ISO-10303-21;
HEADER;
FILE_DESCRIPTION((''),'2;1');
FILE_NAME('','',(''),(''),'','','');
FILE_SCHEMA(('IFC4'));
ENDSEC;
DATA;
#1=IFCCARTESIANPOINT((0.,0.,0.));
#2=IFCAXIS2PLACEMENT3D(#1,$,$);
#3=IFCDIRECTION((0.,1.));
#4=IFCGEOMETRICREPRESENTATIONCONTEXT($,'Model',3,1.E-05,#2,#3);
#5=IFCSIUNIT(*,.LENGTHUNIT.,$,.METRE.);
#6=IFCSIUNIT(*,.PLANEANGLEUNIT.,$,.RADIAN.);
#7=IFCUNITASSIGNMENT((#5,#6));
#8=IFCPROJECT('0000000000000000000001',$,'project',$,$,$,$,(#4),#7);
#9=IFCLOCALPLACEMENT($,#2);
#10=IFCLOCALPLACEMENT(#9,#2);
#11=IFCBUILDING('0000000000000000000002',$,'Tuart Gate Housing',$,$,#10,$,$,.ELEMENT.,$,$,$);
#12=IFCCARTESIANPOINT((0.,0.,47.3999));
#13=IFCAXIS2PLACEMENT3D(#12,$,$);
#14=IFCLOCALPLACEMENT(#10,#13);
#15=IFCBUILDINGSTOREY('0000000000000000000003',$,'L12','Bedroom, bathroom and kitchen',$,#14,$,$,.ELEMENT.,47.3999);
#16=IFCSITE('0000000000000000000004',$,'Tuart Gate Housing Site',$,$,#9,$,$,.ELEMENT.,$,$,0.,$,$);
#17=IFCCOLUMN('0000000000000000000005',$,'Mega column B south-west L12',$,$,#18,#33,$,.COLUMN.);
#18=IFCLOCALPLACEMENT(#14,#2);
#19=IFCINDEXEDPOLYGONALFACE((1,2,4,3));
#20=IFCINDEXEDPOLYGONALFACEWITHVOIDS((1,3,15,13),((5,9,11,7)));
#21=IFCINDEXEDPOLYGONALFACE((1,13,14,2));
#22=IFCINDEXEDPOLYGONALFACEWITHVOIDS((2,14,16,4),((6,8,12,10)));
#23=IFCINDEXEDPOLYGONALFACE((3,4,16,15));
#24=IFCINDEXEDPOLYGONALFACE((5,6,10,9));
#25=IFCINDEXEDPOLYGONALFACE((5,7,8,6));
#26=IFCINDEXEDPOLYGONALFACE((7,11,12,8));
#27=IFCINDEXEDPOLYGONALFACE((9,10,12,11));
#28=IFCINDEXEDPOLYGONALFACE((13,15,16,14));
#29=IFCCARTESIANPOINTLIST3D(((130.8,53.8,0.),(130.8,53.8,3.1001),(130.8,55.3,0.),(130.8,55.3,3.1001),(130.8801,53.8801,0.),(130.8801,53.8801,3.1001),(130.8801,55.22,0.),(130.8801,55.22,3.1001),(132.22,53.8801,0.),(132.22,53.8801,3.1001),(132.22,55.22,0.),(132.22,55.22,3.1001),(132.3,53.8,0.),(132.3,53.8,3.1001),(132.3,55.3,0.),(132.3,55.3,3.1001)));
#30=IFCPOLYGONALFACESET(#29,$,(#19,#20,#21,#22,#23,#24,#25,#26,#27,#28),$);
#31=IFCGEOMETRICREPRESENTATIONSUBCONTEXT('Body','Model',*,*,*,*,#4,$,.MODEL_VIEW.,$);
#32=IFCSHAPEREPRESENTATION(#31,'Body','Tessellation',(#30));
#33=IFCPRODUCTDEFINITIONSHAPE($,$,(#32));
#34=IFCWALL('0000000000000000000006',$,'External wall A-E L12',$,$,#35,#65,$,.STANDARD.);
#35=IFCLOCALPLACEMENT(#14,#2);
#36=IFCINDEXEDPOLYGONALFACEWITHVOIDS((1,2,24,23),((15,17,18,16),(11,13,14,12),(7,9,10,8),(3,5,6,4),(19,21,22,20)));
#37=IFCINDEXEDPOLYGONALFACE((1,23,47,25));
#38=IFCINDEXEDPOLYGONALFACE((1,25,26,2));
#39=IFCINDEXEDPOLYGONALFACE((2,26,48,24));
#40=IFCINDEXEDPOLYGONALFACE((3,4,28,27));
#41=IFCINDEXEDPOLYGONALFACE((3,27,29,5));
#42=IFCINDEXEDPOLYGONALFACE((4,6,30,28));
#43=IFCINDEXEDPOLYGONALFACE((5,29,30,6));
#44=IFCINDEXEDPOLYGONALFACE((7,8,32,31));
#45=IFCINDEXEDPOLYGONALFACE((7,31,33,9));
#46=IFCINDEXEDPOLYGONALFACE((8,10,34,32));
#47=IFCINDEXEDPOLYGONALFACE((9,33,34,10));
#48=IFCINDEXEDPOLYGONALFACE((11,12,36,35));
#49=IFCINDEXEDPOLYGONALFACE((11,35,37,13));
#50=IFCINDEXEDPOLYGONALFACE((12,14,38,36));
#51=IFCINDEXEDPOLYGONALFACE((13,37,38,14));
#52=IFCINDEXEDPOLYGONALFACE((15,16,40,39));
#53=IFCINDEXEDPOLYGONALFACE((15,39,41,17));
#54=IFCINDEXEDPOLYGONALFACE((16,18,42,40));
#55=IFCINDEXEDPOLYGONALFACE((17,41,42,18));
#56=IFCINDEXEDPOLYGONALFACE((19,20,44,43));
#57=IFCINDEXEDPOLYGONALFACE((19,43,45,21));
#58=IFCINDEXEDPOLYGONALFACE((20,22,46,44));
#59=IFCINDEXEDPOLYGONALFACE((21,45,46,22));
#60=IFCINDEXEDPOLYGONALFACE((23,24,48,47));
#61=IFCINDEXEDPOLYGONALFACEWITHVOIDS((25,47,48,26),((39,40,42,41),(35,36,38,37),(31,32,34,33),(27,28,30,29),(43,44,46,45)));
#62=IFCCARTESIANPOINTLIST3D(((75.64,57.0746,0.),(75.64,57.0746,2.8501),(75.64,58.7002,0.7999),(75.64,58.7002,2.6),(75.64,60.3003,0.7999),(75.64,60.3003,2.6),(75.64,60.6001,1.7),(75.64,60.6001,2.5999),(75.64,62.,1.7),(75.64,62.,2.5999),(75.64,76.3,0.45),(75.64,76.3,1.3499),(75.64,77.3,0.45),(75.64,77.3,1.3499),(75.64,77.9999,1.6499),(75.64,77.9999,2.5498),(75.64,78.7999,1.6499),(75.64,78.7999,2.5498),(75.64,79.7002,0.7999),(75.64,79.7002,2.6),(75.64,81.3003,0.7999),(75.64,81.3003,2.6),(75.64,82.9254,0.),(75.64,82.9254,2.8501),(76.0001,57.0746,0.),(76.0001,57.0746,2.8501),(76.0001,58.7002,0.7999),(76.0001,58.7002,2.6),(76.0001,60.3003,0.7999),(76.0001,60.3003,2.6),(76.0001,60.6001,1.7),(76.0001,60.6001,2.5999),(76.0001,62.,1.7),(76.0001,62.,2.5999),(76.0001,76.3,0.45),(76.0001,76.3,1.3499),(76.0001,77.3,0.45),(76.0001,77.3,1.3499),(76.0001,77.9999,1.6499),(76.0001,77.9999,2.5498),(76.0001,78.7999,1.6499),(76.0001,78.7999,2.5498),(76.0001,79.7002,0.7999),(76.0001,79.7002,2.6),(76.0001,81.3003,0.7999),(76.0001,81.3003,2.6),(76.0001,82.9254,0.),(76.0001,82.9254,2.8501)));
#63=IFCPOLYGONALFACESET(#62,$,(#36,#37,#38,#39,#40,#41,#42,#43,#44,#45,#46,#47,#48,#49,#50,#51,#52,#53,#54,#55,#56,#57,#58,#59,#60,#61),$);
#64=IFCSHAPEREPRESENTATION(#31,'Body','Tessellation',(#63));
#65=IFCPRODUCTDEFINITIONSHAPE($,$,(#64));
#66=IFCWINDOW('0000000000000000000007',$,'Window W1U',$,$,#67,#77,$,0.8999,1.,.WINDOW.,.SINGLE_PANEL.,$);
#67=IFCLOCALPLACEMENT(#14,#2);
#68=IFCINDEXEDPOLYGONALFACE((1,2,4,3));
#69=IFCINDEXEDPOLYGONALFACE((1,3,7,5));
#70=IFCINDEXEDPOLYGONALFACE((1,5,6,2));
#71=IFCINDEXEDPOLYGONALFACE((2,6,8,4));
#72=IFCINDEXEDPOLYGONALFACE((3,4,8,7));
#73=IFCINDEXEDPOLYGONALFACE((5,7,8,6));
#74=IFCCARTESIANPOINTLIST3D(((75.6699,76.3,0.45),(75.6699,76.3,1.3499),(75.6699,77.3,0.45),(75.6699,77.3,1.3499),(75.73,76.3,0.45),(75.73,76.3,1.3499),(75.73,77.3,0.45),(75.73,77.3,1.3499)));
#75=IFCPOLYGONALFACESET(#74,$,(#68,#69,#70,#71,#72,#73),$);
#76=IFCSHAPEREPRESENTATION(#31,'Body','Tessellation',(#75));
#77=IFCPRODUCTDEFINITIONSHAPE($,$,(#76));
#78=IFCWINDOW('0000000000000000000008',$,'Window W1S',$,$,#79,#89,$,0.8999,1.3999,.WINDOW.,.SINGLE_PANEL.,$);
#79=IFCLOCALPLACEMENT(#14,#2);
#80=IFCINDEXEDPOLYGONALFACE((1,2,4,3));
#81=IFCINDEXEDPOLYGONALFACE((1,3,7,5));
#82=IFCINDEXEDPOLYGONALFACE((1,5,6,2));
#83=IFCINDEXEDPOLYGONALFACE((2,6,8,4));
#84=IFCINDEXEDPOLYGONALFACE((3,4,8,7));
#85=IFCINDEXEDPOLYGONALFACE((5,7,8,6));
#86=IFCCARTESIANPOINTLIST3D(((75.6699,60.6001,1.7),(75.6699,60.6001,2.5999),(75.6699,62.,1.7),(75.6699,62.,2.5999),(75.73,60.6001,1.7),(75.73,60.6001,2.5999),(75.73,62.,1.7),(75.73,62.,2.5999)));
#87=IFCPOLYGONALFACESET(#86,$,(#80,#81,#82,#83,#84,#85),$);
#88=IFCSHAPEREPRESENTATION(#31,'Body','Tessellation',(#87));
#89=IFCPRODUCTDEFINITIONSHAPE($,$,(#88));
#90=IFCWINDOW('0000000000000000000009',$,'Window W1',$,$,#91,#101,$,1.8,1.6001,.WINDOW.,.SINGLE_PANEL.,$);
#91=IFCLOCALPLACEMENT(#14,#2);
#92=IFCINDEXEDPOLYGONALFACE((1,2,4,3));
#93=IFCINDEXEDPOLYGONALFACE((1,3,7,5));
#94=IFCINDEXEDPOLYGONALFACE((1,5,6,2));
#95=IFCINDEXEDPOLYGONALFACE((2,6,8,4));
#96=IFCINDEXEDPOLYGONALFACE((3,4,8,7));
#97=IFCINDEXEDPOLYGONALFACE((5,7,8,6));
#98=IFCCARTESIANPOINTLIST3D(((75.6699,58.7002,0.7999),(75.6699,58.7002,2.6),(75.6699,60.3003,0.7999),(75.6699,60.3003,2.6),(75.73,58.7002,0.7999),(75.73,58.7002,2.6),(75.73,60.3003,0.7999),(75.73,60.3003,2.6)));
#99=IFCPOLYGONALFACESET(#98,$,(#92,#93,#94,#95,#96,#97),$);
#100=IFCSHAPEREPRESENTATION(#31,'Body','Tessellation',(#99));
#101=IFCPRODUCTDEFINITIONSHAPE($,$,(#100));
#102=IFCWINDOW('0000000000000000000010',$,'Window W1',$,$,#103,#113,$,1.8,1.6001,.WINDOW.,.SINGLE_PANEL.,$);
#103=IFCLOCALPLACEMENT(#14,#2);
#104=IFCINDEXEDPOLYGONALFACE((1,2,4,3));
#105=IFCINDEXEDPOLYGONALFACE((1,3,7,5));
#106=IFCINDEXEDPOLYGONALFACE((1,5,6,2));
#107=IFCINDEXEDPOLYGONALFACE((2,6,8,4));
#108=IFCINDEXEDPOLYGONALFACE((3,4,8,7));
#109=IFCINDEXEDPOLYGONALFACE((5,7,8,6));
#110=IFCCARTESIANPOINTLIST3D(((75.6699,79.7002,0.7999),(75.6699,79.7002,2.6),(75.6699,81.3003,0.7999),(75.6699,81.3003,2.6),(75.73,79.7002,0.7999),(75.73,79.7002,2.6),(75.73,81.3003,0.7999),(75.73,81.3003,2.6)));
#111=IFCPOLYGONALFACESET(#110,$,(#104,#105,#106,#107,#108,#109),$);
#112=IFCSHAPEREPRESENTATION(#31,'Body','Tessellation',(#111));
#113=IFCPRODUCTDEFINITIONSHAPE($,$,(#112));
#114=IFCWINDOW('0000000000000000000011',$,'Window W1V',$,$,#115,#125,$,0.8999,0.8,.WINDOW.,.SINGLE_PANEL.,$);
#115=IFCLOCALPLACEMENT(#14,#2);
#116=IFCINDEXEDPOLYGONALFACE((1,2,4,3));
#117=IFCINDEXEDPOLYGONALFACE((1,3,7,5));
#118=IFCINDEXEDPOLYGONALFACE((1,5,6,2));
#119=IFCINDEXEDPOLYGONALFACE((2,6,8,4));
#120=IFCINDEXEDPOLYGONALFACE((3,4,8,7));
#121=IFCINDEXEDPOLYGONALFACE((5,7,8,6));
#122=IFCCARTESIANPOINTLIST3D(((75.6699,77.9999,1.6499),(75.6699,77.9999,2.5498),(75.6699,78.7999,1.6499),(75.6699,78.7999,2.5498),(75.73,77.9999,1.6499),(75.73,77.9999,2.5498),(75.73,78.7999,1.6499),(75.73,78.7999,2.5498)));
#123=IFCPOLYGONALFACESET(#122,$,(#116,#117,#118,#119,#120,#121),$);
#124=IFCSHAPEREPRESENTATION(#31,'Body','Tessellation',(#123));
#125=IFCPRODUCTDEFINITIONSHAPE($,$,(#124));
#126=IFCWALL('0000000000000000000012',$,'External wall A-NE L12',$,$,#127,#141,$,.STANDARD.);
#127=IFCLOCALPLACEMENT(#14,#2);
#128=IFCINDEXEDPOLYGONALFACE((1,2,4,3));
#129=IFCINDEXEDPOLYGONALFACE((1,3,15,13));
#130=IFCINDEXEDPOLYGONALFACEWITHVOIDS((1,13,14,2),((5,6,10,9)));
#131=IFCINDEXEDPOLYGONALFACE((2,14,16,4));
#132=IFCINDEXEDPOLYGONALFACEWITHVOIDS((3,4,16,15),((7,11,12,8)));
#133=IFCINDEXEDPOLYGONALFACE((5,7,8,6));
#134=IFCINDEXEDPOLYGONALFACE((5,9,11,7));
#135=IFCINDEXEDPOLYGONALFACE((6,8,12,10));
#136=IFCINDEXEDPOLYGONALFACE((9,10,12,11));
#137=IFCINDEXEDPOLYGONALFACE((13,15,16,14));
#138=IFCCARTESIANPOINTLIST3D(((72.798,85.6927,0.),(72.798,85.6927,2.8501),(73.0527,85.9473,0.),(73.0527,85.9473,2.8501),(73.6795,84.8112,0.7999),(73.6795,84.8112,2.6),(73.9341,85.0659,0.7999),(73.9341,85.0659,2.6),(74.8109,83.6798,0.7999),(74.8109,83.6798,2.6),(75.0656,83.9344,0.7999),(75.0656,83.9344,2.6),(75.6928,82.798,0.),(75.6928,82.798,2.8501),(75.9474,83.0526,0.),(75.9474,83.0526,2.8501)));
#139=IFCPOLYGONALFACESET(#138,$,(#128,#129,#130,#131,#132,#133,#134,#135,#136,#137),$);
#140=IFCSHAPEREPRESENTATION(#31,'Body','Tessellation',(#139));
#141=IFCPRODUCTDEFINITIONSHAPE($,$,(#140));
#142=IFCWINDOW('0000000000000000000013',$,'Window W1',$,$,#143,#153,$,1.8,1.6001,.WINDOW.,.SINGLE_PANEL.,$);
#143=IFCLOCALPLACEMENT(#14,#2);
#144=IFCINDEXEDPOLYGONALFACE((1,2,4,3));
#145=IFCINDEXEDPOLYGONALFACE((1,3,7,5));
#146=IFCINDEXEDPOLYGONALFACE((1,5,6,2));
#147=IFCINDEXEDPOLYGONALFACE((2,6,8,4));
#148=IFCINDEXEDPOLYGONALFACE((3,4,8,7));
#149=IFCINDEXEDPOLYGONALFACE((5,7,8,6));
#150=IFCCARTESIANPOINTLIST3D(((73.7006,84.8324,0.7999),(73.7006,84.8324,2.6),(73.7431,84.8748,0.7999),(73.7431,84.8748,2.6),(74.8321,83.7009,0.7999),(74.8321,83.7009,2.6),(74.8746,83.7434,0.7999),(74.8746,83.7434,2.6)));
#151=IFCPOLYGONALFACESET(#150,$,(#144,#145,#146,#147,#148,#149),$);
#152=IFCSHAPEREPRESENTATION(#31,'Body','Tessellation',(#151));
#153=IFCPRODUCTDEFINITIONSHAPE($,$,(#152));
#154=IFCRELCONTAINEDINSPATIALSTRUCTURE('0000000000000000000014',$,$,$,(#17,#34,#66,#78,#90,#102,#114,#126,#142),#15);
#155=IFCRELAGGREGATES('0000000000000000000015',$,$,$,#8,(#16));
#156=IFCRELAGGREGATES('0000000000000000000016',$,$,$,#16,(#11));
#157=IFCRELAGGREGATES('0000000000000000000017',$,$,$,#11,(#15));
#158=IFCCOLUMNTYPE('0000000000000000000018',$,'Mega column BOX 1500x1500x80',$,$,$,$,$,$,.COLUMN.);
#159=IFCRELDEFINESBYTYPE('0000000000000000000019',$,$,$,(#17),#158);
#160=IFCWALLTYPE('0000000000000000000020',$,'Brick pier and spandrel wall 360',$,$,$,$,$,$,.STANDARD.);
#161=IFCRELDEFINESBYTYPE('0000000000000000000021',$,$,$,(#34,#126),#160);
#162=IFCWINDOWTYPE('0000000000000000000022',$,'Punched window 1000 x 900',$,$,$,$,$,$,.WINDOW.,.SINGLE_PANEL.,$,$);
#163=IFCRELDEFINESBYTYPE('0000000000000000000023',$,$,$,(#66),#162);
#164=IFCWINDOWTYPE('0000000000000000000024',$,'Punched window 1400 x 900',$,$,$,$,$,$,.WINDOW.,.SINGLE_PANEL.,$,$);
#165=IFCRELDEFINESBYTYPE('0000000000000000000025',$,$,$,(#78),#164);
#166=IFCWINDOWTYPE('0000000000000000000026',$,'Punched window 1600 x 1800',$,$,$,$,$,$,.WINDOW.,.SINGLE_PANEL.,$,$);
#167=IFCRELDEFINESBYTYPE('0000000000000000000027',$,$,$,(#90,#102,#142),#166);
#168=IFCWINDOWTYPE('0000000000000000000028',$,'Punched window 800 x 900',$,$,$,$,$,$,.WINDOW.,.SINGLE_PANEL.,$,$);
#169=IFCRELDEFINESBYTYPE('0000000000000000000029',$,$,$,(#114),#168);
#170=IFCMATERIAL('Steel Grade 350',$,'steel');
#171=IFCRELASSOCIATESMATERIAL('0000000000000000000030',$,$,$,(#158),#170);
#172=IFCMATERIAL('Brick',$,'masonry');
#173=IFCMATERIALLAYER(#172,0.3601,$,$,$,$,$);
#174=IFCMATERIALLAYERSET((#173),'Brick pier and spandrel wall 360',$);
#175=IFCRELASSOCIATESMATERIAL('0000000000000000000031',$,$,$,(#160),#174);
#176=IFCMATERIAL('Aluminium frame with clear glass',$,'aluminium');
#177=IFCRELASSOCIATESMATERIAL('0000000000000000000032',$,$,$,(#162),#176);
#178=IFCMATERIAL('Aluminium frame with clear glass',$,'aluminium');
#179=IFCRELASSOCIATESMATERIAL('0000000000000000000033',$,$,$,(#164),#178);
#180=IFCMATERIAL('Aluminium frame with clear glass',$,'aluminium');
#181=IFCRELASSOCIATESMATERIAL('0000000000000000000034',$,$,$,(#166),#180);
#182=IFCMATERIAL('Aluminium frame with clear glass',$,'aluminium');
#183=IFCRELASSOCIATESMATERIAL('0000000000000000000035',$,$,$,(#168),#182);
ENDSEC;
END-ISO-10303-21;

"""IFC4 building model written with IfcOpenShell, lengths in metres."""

from ifc_helpers import new_model, si_unit, direction, frame, frame_2d, origin, origin_2d, place, context, subcontext, project, spatial, rectangle, hollow_rectangle, extrude, material, layer, layer_set, material_profile, profile_set, type_object, element, fill, save


model = new_model("IFC4")

# Units and contexts
model_context = context("Model", 3, precision=1e-05, world=origin(), true_north=direction((0.0, 1.0)))
body_context = subcontext(model_context, "Body", "Model", "MODEL_VIEW")
ifc_project = project(units=[si_unit("LENGTHUNIT", "METRE"), si_unit("PLANEANGLEUNIT", "RADIAN")], contexts=[model_context])

# Site, building, storey
site_placement = place(None, origin())
site = spatial("IfcSite", under=ifc_project, at=site_placement, Name="Tuart Gate Housing Site", CompositionType="ELEMENT", RefElevation=0.0)
building_placement = place(site_placement, origin())
building = spatial("IfcBuilding", under=site, at=building_placement, Name="Tuart Gate Housing", CompositionType="ELEMENT")
storey_placement = place(building_placement, frame((0.0, 0.0, 47.3999)))
storey = spatial("IfcBuildingStorey", under=building, at=storey_placement, Name="L12", Description="Bedroom, bathroom and kitchen", CompositionType="ELEMENT", Elevation=47.3999)

# Column
ifc_material_1 = material(Name="Steel Grade 350", Category="steel")
ifc_material_profile = material_profile(ifc_material_1, hollow_rectangle(XDim=1.5, YDim=1.5, WallThickness=0.0801, at=origin_2d()), Name="BOX 1500x1500x80")
ifc_profile_set = profile_set([ifc_material_profile], Name="Steel Grade 350")
column_type = type_object("IfcColumnType", Name="Mega column BOX 1500x1500x80", PredefinedType="COLUMN", material=ifc_profile_set)
column_placement = place(storey_placement, frame((131.55, 54.55, 0.0), z_axis=(0.0, 0.0, 1.0), x_axis=(1.0, 0.0, 0.0)))
element("IfcColumn", 1, at=column_placement, inside=storey, type_object=column_type, Name="Mega column B south-west L12", PredefinedType="COLUMN", context=body_context, shape_type="SweptSolid", body=[
    extrude(hollow_rectangle(XDim=1.5, YDim=1.5, WallThickness=0.0801, at=origin_2d()), origin(), (0.0, 0.0, 1.0), 3.1001),
])

# Wall, openings, windows
ifc_material_2 = material(Name="Brick", Category="masonry")
ifc_layer_1 = layer(ifc_material_2, 0.3601)
ifc_layer_set_1 = layer_set([ifc_layer_1], Name="Brick pier and spandrel wall 360")
wall_type_1 = type_object("IfcWallType", Name="Brick pier and spandrel wall 360", PredefinedType="STANDARD", material=ifc_layer_set_1)
wall_1_placement = place(storey_placement, frame((75.8201, 57.0747, 0.0), z_axis=(0.0, 0.0, 1.0), x_axis=(0.0, 1.0, 0.0)))
wall_1 = element("IfcWall", 2, at=wall_1_placement, inside=storey, type_object=wall_type_1, Name="External wall A-E L12", PredefinedType="STANDARD", context=body_context, shape_type="SweptSolid", body=[
    extrude(rectangle(XDim=25.8508, YDim=0.3601, at=frame_2d((12.9253, 0.0))), origin(), (0.0, 0.0, 1.0), 2.8501),
])
opening_1_placement = place(wall_1_placement, frame((1.6255, 0.0, 0.8)))
opening_1 = element("IfcOpeningElement", 3, at=opening_1_placement, cuts=wall_1, PredefinedType="OPENING", context=body_context, shape_type="SweptSolid", body=[
    extrude(rectangle(XDim=1.6001, YDim=1.8, at=frame_2d((0.8, 0.8999))), frame((0.0, 0.1899, 0.0), z_axis=(0.0, -1.0, 0.0), x_axis=(1.0, 0.0, 0.0)), (0.0, 0.0, 1.0), 0.3801),
])
opening_2_placement = place(wall_1_placement, frame((3.5254, 0.0, 1.7)))
opening_2 = element("IfcOpeningElement", 4, at=opening_2_placement, cuts=wall_1, PredefinedType="OPENING", context=body_context, shape_type="SweptSolid", body=[
    extrude(rectangle(XDim=1.3999, YDim=0.8999, at=frame_2d((0.7, 0.45))), frame((0.0, 0.1899, 0.0), z_axis=(0.0, -1.0, 0.0), x_axis=(1.0, 0.0, 0.0)), (0.0, 0.0, 1.0), 0.3801),
])
opening_3_placement = place(wall_1_placement, frame((19.2253, 0.0, 0.45)))
opening_3 = element("IfcOpeningElement", 5, at=opening_3_placement, cuts=wall_1, PredefinedType="OPENING", context=body_context, shape_type="SweptSolid", body=[
    extrude(rectangle(XDim=1.0, YDim=0.8999, at=frame_2d((0.5, 0.45))), frame((0.0, 0.1899, 0.0), z_axis=(0.0, -1.0, 0.0), x_axis=(1.0, 0.0, 0.0)), (0.0, 0.0, 1.0), 0.3801),
])
opening_4_placement = place(wall_1_placement, frame((22.6255, 0.0, 0.8)))
opening_4 = element("IfcOpeningElement", 6, at=opening_4_placement, cuts=wall_1, PredefinedType="OPENING", context=body_context, shape_type="SweptSolid", body=[
    extrude(rectangle(XDim=1.6001, YDim=1.8, at=frame_2d((0.8, 0.8999))), frame((0.0, 0.1899, 0.0), z_axis=(0.0, -1.0, 0.0), x_axis=(1.0, 0.0, 0.0)), (0.0, 0.0, 1.0), 0.3801),
])
opening_5_placement = place(wall_1_placement, frame((20.9253, 0.0, 1.6499)))
opening_5 = element("IfcOpeningElement", 7, at=opening_5_placement, cuts=wall_1, PredefinedType="OPENING", context=body_context, shape_type="SweptSolid", body=[
    extrude(rectangle(XDim=0.8, YDim=0.8999, at=frame_2d((0.3999, 0.45))), frame((0.0, 0.1899, 0.0), z_axis=(0.0, -1.0, 0.0), x_axis=(1.0, 0.0, 0.0)), (0.0, 0.0, 1.0), 0.3801),
])
ifc_material_3 = material(Name="Aluminium frame with clear glass", Category="aluminium")
window_type_1 = type_object("IfcWindowType", Name="Punched window 1000 x 900", PartitioningType="SINGLE_PANEL", PredefinedType="WINDOW", material=ifc_material_3)
window_1_placement = place(opening_3_placement, origin())
window_1 = element("IfcWindow", 8, at=window_1_placement, inside=storey, type_object=window_type_1, Name="Window W1U", OverallHeight=0.8999, OverallWidth=1.0, PartitioningType="SINGLE_PANEL", PredefinedType="WINDOW", context=body_context, shape_type="SweptSolid", body=[
    extrude(rectangle(XDim=1.0, YDim=0.8999, at=frame_2d((0.5, 0.45))), frame((0.0, 0.1501, 0.0), z_axis=(0.0, -1.0, 0.0), x_axis=(1.0, 0.0, 0.0)), (0.0, 0.0, 1.0), 0.0601),
])
fill(opening_3, window_1)
ifc_material_4 = material(Name="Aluminium frame with clear glass", Category="aluminium")
window_type_2 = type_object("IfcWindowType", Name="Punched window 1400 x 900", PartitioningType="SINGLE_PANEL", PredefinedType="WINDOW", material=ifc_material_4)
window_2_placement = place(opening_2_placement, origin())
window_2 = element("IfcWindow", 9, at=window_2_placement, inside=storey, type_object=window_type_2, Name="Window W1S", OverallHeight=0.8999, OverallWidth=1.3999, PartitioningType="SINGLE_PANEL", PredefinedType="WINDOW", context=body_context, shape_type="SweptSolid", body=[
    extrude(rectangle(XDim=1.3999, YDim=0.8999, at=frame_2d((0.7, 0.45))), frame((0.0, 0.1501, 0.0), z_axis=(0.0, -1.0, 0.0), x_axis=(1.0, 0.0, 0.0)), (0.0, 0.0, 1.0), 0.0601),
])
fill(opening_2, window_2)
ifc_material_5 = material(Name="Aluminium frame with clear glass", Category="aluminium")
window_type_3 = type_object("IfcWindowType", Name="Punched window 1600 x 1800", PartitioningType="SINGLE_PANEL", PredefinedType="WINDOW", material=ifc_material_5)
window_3_placement = place(opening_1_placement, origin())
window_3 = element("IfcWindow", 10, at=window_3_placement, inside=storey, type_object=window_type_3, Name="Window W1", OverallHeight=1.8, OverallWidth=1.6001, PartitioningType="SINGLE_PANEL", PredefinedType="WINDOW", context=body_context, shape_type="SweptSolid", body=[
    extrude(rectangle(XDim=1.6001, YDim=1.8, at=frame_2d((0.8, 0.8999))), frame((0.0, 0.1501, 0.0), z_axis=(0.0, -1.0, 0.0), x_axis=(1.0, 0.0, 0.0)), (0.0, 0.0, 1.0), 0.0601),
])
fill(opening_1, window_3)
window_4_placement = place(opening_4_placement, origin())
window_4 = element("IfcWindow", 11, at=window_4_placement, inside=storey, type_object=window_type_3, Name="Window W1", OverallHeight=1.8, OverallWidth=1.6001, PartitioningType="SINGLE_PANEL", PredefinedType="WINDOW", context=body_context, shape_type="SweptSolid", body=[
    extrude(rectangle(XDim=1.6001, YDim=1.8, at=frame_2d((0.8, 0.8999))), frame((0.0, 0.1501, 0.0), z_axis=(0.0, -1.0, 0.0), x_axis=(1.0, 0.0, 0.0)), (0.0, 0.0, 1.0), 0.0601),
])
fill(opening_4, window_4)
ifc_material_6 = material(Name="Aluminium frame with clear glass", Category="aluminium")
window_type_4 = type_object("IfcWindowType", Name="Punched window 800 x 900", PartitioningType="SINGLE_PANEL", PredefinedType="WINDOW", material=ifc_material_6)
window_5_placement = place(opening_5_placement, origin())
window_5 = element("IfcWindow", 12, at=window_5_placement, inside=storey, type_object=window_type_4, Name="Window W1V", OverallHeight=0.8999, OverallWidth=0.8, PartitioningType="SINGLE_PANEL", PredefinedType="WINDOW", context=body_context, shape_type="SweptSolid", body=[
    extrude(rectangle(XDim=0.8, YDim=0.8999, at=frame_2d((0.3999, 0.45))), frame((0.0, 0.1501, 0.0), z_axis=(0.0, -1.0, 0.0), x_axis=(1.0, 0.0, 0.0)), (0.0, 0.0, 1.0), 0.0601),
])
fill(opening_5, window_5)

# Wall, opening, window
wall_2_placement = place(storey_placement, frame((75.8201, 82.9253, 0.0), z_axis=(0.0, 0.0, 1.0), x_axis=(-0.707107, 0.707107, 0.0)))
wall_2 = element("IfcWall", 13, at=wall_2_placement, inside=storey, type_object=wall_type_1, Name="External wall A-NE L12", PredefinedType="STANDARD", context=body_context, shape_type="SweptSolid", body=[
    extrude(rectangle(XDim=4.0938, YDim=0.3601, at=frame_2d((2.0469, 0.0))), origin(), (0.0, 0.0, 1.0), 2.8501),
])
opening_6_placement = place(wall_2_placement, frame((1.2471, 0.0, 0.8)))
opening_6 = element("IfcOpeningElement", 14, at=opening_6_placement, cuts=wall_2, PredefinedType="OPENING", context=body_context, shape_type="SweptSolid", body=[
    extrude(rectangle(XDim=1.6001, YDim=1.8, at=frame_2d((0.8, 0.8999))), frame((0.0, 0.1899, 0.0), z_axis=(0.0, -1.0, 0.0), x_axis=(1.0, 0.0, 0.0)), (0.0, 0.0, 1.0), 0.3801),
])
window_6_placement = place(opening_6_placement, origin())
window_6 = element("IfcWindow", 15, at=window_6_placement, inside=storey, type_object=window_type_3, Name="Window W1", OverallHeight=1.8, OverallWidth=1.6001, PartitioningType="SINGLE_PANEL", PredefinedType="WINDOW", context=body_context, shape_type="SweptSolid", body=[
    extrude(rectangle(XDim=1.6001, YDim=1.8, at=frame_2d((0.8, 0.8999))), frame((0.0, 0.1501, 0.0), z_axis=(0.0, -1.0, 0.0), x_axis=(1.0, 0.0, 0.0)), (0.0, 0.0, 1.0), 0.0601),
])
fill(opening_6, window_6)

save(model, "model.ifc")
